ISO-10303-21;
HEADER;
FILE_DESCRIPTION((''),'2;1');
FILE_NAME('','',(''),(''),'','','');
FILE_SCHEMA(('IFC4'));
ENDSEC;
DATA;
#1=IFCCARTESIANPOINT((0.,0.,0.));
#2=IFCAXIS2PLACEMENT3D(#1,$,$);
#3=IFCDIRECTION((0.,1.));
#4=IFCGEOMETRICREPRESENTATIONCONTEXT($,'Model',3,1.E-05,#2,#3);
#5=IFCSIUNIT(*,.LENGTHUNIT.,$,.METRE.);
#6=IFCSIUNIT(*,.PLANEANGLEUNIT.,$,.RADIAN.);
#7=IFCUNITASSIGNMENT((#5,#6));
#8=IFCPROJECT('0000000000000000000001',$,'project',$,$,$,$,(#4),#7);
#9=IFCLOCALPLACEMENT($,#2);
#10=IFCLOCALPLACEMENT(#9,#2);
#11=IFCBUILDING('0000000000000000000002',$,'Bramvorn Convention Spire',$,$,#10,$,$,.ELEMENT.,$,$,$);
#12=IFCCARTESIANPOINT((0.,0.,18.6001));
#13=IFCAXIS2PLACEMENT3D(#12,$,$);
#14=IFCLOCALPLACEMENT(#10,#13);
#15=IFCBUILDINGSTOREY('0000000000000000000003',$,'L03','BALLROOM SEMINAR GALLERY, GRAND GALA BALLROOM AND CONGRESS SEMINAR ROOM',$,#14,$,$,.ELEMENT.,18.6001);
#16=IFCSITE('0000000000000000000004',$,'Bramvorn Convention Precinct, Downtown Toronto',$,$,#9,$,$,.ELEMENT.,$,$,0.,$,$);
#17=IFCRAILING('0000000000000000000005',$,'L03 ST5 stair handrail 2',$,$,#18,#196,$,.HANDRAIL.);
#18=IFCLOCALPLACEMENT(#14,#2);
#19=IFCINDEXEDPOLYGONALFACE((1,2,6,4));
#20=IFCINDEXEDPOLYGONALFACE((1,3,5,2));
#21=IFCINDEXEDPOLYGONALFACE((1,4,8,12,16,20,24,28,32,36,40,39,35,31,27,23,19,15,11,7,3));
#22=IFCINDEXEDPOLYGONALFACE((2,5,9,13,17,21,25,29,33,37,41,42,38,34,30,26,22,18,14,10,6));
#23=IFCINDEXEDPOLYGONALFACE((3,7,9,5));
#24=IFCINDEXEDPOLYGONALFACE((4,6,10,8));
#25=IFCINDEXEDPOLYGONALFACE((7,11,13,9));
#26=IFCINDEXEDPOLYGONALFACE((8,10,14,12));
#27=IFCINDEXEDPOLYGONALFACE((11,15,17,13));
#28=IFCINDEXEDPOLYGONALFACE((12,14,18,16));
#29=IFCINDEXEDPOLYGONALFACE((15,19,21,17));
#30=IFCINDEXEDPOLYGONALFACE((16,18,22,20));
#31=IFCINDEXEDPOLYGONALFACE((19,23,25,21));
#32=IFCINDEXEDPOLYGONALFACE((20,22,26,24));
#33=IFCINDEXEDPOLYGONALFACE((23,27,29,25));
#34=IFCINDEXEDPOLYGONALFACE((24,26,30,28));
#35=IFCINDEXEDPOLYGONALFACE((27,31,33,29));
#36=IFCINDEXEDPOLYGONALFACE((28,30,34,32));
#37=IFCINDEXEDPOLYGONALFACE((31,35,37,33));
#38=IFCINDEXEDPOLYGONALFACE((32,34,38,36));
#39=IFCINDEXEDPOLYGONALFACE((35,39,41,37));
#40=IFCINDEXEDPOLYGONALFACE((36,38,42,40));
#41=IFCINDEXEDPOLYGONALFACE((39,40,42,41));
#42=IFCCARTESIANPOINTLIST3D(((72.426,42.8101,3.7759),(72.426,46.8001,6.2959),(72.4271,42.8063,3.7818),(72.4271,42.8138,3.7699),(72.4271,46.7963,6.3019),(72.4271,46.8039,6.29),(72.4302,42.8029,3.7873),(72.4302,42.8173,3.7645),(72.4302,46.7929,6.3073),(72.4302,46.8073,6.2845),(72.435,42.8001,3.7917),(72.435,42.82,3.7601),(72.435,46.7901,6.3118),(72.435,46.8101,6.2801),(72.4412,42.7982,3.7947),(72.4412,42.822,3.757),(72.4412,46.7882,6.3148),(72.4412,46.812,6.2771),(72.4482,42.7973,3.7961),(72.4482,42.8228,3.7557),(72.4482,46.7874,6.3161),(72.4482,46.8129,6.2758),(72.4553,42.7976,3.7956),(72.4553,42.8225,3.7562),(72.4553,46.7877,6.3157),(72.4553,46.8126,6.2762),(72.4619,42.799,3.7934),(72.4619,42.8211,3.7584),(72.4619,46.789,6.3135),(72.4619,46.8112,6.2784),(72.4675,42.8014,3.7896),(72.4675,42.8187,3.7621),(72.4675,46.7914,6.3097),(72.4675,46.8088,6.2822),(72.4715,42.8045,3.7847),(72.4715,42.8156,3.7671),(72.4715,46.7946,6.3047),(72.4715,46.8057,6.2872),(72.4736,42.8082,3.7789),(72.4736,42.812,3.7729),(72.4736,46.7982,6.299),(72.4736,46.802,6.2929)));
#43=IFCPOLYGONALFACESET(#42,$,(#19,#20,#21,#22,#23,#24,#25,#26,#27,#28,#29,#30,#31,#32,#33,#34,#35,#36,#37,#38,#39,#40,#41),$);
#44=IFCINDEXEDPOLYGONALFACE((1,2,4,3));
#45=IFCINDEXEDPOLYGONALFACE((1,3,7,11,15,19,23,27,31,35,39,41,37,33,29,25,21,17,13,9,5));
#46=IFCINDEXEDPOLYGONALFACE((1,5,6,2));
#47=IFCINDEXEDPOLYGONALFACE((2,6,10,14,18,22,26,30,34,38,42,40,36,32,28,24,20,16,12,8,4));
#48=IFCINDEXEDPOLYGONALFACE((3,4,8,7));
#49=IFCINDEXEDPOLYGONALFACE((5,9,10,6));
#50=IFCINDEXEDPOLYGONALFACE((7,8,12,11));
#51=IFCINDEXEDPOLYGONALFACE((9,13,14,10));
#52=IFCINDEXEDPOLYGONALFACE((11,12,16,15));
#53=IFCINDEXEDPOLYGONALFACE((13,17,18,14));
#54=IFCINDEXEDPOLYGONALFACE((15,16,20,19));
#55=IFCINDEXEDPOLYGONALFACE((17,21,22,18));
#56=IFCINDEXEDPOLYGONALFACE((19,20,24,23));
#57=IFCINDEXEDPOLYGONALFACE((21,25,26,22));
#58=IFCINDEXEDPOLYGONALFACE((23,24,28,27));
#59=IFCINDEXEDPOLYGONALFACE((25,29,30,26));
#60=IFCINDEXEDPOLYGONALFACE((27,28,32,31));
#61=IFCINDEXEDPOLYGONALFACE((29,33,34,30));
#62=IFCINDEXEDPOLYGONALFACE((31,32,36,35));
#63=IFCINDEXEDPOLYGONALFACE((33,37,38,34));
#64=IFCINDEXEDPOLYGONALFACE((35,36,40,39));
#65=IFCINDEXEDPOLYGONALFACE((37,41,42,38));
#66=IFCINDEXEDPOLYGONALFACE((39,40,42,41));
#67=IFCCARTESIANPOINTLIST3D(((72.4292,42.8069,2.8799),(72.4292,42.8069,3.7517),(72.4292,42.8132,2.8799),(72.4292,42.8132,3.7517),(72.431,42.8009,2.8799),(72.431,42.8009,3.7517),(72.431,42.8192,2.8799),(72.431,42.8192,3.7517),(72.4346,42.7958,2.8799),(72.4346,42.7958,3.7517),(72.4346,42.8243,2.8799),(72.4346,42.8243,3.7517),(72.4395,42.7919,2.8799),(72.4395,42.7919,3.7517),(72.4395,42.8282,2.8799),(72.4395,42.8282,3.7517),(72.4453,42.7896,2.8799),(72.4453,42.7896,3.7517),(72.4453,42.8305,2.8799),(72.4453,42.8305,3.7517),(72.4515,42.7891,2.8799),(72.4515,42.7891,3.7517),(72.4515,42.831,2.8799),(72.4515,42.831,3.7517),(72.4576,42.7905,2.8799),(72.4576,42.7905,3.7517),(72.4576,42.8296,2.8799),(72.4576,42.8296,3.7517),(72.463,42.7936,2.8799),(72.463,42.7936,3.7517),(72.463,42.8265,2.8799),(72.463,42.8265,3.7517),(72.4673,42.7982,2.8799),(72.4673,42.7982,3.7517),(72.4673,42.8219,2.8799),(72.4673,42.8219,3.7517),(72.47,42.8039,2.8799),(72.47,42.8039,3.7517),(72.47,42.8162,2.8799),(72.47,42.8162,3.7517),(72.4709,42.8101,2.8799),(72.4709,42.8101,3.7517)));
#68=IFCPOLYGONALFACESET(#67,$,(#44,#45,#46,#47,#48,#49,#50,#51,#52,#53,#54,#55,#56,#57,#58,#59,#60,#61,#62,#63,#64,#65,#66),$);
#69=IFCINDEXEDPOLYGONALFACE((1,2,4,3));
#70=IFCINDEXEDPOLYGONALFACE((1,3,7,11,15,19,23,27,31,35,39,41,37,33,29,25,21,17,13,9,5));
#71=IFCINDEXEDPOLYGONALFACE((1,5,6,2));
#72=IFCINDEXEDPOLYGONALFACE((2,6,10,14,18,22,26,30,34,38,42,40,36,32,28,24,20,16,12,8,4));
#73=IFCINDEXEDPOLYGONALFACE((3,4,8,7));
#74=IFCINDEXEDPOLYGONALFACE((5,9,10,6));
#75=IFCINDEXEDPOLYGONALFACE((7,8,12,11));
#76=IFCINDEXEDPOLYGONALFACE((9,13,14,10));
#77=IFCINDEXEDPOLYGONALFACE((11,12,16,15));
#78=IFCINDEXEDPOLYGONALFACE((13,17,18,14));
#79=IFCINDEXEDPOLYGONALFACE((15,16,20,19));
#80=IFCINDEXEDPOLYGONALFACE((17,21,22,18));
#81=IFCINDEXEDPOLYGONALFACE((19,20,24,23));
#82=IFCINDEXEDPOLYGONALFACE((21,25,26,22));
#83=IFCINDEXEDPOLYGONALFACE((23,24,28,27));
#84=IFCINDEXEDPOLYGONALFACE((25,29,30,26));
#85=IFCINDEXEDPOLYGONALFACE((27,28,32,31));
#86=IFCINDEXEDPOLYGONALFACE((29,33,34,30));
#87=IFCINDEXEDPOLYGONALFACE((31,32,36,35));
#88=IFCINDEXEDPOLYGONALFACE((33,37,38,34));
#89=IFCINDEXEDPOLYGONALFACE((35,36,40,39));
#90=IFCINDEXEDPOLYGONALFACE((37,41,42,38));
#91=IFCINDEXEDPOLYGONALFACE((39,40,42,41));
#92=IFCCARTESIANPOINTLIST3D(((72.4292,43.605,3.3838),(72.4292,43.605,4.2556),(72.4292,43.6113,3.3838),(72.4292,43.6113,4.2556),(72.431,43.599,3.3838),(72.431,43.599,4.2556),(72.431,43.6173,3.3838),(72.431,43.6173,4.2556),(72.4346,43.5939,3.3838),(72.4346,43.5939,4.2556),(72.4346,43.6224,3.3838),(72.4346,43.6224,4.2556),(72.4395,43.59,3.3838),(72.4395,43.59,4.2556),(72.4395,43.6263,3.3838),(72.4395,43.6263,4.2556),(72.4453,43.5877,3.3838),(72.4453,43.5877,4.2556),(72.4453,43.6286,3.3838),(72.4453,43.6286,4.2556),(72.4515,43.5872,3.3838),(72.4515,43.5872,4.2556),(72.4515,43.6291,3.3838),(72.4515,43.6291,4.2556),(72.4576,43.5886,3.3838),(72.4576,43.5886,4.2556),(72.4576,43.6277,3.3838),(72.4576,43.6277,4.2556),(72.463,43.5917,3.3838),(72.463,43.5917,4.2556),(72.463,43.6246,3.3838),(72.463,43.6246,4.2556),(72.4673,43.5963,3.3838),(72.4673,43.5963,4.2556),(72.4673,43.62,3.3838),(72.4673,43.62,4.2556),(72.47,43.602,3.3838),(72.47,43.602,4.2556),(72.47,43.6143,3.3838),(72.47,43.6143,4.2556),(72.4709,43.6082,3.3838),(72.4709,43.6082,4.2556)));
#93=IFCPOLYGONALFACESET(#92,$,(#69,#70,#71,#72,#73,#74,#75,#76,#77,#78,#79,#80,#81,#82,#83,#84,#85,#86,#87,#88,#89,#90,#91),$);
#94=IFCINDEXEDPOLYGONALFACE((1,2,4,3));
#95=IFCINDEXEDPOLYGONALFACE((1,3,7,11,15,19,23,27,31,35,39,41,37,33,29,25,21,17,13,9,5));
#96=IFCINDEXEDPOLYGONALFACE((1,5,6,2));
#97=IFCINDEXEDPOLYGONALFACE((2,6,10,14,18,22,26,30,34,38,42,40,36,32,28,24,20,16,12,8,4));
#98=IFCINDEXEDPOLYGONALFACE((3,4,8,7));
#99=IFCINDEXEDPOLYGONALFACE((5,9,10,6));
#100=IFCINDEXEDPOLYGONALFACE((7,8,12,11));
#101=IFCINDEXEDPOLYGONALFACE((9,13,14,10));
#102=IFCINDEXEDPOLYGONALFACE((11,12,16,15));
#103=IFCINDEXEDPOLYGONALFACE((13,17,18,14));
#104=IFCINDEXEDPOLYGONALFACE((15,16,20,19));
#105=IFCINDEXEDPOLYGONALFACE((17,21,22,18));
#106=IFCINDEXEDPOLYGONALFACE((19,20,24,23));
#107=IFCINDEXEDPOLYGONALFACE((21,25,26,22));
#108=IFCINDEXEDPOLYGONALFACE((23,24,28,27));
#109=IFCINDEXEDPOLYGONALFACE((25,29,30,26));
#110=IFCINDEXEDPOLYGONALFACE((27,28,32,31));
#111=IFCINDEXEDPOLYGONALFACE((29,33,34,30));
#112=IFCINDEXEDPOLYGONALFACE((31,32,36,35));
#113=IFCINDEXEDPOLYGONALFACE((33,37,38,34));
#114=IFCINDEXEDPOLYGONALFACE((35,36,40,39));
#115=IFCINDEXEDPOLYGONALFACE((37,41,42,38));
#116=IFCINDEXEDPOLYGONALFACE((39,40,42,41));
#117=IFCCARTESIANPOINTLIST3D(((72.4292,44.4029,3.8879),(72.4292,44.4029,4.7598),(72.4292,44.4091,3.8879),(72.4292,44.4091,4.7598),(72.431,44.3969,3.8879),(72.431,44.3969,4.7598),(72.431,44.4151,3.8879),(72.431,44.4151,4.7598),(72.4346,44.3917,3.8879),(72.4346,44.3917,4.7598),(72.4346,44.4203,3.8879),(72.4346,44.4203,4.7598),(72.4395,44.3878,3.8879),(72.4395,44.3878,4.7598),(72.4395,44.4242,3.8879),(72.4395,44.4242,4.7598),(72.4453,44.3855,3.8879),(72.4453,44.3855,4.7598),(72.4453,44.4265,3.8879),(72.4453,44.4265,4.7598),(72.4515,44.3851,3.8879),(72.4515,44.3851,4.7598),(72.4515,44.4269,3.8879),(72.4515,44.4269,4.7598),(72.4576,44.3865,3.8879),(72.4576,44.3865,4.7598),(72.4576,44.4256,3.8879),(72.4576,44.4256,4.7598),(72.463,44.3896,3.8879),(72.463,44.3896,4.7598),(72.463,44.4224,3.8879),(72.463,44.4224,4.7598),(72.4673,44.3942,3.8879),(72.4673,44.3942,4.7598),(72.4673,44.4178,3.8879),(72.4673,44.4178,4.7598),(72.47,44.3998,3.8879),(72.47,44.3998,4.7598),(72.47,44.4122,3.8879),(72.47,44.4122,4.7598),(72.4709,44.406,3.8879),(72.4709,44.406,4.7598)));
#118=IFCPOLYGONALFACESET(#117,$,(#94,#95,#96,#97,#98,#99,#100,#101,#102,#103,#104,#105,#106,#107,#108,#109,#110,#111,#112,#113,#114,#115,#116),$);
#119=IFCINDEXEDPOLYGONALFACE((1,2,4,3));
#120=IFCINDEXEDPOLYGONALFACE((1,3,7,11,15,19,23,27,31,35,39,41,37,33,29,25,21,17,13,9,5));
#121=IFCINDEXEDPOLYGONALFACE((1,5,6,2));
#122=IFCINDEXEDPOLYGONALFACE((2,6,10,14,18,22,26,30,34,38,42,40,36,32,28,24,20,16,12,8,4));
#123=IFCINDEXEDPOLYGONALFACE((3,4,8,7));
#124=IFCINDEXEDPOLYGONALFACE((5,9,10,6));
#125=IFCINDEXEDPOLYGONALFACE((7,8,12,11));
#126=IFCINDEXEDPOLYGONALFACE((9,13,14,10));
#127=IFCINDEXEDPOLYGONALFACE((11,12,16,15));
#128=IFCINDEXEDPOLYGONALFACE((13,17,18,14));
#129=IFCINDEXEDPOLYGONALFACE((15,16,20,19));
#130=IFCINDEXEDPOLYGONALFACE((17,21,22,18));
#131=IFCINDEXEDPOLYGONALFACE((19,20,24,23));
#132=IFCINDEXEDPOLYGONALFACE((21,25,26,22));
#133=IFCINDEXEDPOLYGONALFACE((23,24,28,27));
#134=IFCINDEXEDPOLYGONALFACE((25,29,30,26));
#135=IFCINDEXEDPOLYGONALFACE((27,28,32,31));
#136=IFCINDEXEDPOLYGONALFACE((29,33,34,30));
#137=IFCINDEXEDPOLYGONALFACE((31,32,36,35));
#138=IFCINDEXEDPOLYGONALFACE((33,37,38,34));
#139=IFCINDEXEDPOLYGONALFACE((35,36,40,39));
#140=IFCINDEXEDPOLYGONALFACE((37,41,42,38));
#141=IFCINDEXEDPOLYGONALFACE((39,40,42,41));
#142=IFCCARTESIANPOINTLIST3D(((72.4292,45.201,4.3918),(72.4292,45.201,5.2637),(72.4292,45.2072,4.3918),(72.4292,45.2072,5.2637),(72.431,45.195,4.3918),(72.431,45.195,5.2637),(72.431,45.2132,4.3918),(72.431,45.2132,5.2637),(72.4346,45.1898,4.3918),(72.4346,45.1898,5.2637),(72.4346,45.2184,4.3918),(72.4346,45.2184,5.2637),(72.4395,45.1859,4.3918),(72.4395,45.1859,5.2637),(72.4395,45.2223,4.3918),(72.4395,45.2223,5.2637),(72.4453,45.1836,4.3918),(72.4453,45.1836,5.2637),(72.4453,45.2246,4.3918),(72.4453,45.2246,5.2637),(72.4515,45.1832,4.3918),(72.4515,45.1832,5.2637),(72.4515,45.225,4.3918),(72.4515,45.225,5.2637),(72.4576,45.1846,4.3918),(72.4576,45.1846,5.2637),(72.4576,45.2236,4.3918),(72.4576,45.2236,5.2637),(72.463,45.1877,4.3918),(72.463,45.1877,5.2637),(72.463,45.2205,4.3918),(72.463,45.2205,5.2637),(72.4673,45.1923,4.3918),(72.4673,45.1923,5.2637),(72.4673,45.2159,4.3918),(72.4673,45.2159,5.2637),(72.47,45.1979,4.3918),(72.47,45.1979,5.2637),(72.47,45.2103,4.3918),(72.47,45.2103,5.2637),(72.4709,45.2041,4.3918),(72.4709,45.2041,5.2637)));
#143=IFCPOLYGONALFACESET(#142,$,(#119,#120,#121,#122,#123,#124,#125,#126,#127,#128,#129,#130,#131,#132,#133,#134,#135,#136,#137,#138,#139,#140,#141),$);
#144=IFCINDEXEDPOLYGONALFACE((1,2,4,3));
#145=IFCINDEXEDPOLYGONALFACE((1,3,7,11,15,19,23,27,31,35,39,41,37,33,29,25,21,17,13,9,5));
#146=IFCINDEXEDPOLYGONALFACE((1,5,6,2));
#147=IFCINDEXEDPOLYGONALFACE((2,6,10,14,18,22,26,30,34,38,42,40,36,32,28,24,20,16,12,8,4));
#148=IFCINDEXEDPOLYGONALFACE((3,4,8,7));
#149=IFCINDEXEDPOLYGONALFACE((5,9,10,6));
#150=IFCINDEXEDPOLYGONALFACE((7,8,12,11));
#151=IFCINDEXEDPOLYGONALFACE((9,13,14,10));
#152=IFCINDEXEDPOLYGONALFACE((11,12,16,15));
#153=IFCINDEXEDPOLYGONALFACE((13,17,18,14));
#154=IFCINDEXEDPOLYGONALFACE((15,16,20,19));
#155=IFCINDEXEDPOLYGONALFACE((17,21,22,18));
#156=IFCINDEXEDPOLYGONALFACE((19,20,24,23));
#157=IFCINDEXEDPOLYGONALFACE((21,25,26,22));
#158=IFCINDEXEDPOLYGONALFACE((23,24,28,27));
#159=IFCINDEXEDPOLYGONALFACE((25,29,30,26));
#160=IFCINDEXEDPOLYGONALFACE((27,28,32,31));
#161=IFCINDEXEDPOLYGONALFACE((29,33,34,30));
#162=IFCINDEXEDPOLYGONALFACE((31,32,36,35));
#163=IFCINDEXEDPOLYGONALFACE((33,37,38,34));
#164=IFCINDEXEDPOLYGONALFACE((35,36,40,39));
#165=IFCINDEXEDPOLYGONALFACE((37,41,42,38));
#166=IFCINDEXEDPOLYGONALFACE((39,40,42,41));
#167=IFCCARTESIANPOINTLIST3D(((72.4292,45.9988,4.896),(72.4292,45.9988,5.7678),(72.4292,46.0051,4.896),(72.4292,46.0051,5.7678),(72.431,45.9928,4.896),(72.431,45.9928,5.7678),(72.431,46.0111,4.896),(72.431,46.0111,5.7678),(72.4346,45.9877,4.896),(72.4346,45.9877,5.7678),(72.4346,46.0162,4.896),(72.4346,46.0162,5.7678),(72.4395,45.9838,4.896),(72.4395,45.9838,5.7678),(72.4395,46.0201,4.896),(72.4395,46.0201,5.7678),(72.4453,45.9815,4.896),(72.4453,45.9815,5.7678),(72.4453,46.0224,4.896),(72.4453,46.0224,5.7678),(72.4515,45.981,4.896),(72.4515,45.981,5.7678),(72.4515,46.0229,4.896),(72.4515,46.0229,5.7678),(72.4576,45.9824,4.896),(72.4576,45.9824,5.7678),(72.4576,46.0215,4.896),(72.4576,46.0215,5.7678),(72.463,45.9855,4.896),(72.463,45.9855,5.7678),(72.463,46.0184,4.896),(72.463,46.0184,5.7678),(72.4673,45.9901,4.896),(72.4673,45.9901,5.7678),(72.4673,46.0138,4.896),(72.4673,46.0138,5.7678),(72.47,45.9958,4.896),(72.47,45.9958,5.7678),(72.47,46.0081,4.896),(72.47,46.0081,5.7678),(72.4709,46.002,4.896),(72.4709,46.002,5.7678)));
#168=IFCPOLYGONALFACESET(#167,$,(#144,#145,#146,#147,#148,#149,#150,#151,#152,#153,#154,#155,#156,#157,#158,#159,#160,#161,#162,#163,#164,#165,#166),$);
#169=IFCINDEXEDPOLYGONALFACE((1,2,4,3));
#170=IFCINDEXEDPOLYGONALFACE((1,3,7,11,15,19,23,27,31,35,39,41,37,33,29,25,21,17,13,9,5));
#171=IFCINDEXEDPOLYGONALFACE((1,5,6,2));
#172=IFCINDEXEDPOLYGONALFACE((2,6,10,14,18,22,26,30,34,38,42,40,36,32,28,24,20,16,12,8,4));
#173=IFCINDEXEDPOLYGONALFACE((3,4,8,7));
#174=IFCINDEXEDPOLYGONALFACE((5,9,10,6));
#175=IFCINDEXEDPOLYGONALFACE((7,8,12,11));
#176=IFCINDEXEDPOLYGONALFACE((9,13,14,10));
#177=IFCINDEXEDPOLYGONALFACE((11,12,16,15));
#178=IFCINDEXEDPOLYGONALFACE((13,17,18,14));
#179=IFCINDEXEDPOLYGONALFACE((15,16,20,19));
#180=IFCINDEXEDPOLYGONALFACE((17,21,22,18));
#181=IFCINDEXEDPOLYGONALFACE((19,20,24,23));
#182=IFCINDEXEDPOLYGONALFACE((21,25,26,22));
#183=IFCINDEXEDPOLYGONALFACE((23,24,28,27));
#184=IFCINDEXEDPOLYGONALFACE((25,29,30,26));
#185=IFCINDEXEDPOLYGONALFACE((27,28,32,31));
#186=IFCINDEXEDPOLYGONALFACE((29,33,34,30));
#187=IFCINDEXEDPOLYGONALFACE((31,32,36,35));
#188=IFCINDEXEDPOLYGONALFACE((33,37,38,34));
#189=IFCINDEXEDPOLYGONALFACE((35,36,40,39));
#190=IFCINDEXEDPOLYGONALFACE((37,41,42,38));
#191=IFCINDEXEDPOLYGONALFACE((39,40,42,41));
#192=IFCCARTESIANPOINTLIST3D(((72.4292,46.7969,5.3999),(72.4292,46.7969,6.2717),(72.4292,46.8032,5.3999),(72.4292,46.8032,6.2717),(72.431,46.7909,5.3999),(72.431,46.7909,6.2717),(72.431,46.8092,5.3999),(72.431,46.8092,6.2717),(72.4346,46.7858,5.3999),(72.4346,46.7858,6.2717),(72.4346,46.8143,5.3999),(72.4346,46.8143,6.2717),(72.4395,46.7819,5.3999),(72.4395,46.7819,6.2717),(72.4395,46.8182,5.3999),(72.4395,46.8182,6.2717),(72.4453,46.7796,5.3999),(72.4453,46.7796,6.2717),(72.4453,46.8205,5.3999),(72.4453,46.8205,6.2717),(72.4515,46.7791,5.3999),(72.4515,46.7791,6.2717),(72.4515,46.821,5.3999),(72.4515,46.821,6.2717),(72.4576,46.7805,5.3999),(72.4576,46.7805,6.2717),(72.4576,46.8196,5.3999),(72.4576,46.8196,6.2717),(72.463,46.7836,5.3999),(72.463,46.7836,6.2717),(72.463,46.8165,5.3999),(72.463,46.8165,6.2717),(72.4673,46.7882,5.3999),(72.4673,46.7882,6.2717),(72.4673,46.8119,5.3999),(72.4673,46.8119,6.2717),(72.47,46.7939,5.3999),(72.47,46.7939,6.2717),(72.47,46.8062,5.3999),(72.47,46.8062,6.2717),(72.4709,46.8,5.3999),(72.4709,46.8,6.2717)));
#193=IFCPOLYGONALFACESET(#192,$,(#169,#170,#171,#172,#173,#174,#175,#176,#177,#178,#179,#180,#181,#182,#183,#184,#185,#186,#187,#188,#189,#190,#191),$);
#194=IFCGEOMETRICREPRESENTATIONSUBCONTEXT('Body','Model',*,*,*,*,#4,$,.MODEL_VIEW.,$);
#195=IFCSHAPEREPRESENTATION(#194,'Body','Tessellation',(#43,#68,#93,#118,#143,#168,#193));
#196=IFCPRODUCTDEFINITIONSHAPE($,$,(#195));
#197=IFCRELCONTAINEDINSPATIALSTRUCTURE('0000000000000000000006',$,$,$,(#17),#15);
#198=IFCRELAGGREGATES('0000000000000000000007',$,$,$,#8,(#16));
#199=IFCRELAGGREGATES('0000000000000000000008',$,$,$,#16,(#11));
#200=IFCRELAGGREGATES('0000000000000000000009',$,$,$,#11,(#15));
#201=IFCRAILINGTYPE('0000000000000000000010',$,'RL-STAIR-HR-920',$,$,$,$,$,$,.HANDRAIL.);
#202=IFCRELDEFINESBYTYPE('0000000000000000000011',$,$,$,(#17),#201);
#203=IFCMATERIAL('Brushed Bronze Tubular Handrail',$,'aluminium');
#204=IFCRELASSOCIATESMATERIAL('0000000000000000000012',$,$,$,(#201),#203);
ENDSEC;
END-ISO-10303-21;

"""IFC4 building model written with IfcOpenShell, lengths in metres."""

from ifc_helpers import new_model, si_unit, direction, frame, origin, origin_2d, place, context, subcontext, project, spatial, circle, extrude, material, type_object, element, save


model = new_model("IFC4")

# Units and contexts
model_context = context("Model", 3, precision=1e-05, world=origin(), true_north=direction((0.0, 1.0)))
body_context = subcontext(model_context, "Body", "Model", "MODEL_VIEW")
ifc_project = project(units=[si_unit("LENGTHUNIT", "METRE"), si_unit("PLANEANGLEUNIT", "RADIAN")], contexts=[model_context])

# Site, building, storey
site_placement = place(None, origin())
site = spatial("IfcSite", under=ifc_project, at=site_placement, Name="Bramvorn Convention Precinct, Downtown Toronto", CompositionType="ELEMENT", RefElevation=0.0)
building_placement = place(site_placement, origin())
building = spatial("IfcBuilding", under=site, at=building_placement, Name="Bramvorn Convention Spire", CompositionType="ELEMENT")
storey_placement = place(building_placement, frame((0.0, 0.0, 18.6001)))
storey = spatial("IfcBuildingStorey", under=building, at=storey_placement, Name="L03", Description="BALLROOM SEMINAR GALLERY, GRAND GALA BALLROOM AND CONGRESS SEMINAR ROOM", CompositionType="ELEMENT", Elevation=18.6001)

# Railing
ifc_material_1 = material(Name="Brushed Bronze Tubular Handrail", Category="aluminium")
railing_type_1 = type_object("IfcRailingType", Name="RL-STAIR-HR-920", PredefinedType="HANDRAIL", material=ifc_material_1)
railing_1_placement = place(storey_placement, frame((72.45, 42.8101, 2.8799)))
element("IfcRailing", 1, at=railing_1_placement, inside=storey, type_object=railing_type_1, Name="L03 ST5 stair handrail 2", PredefinedType="HANDRAIL", context=body_context, shape_type="SweptSolid", body=[
    extrude(circle(Radius=0.0239, at=origin_2d()), frame((0.0, 0.0, 0.896), z_axis=(0.0, 0.845486, 0.533997), x_axis=(-1.0, 0.0, 0.0)), (0.0, 0.0, 1.0), 4.7192),
    extrude(circle(Radius=0.021, at=origin_2d()), origin(), (0.0, 0.0, 1.0), 0.8718),
    extrude(circle(Radius=0.021, at=origin_2d()), frame((0.0, 0.7981, 0.5039)), (0.0, 0.0, 1.0), 0.8718),
    extrude(circle(Radius=0.021, at=origin_2d()), frame((0.0, 1.5959, 1.0081)), (0.0, 0.0, 1.0), 0.8718),
    extrude(circle(Radius=0.021, at=origin_2d()), frame((0.0, 2.394, 1.512)), (0.0, 0.0, 1.0), 0.8718),
    extrude(circle(Radius=0.021, at=origin_2d()), frame((0.0, 3.1919, 2.0161)), (0.0, 0.0, 1.0), 0.8718),
    extrude(circle(Radius=0.021, at=origin_2d()), frame((0.0, 3.99, 2.52)), (0.0, 0.0, 1.0), 0.8718),
])

save(model, "model.ifc")
